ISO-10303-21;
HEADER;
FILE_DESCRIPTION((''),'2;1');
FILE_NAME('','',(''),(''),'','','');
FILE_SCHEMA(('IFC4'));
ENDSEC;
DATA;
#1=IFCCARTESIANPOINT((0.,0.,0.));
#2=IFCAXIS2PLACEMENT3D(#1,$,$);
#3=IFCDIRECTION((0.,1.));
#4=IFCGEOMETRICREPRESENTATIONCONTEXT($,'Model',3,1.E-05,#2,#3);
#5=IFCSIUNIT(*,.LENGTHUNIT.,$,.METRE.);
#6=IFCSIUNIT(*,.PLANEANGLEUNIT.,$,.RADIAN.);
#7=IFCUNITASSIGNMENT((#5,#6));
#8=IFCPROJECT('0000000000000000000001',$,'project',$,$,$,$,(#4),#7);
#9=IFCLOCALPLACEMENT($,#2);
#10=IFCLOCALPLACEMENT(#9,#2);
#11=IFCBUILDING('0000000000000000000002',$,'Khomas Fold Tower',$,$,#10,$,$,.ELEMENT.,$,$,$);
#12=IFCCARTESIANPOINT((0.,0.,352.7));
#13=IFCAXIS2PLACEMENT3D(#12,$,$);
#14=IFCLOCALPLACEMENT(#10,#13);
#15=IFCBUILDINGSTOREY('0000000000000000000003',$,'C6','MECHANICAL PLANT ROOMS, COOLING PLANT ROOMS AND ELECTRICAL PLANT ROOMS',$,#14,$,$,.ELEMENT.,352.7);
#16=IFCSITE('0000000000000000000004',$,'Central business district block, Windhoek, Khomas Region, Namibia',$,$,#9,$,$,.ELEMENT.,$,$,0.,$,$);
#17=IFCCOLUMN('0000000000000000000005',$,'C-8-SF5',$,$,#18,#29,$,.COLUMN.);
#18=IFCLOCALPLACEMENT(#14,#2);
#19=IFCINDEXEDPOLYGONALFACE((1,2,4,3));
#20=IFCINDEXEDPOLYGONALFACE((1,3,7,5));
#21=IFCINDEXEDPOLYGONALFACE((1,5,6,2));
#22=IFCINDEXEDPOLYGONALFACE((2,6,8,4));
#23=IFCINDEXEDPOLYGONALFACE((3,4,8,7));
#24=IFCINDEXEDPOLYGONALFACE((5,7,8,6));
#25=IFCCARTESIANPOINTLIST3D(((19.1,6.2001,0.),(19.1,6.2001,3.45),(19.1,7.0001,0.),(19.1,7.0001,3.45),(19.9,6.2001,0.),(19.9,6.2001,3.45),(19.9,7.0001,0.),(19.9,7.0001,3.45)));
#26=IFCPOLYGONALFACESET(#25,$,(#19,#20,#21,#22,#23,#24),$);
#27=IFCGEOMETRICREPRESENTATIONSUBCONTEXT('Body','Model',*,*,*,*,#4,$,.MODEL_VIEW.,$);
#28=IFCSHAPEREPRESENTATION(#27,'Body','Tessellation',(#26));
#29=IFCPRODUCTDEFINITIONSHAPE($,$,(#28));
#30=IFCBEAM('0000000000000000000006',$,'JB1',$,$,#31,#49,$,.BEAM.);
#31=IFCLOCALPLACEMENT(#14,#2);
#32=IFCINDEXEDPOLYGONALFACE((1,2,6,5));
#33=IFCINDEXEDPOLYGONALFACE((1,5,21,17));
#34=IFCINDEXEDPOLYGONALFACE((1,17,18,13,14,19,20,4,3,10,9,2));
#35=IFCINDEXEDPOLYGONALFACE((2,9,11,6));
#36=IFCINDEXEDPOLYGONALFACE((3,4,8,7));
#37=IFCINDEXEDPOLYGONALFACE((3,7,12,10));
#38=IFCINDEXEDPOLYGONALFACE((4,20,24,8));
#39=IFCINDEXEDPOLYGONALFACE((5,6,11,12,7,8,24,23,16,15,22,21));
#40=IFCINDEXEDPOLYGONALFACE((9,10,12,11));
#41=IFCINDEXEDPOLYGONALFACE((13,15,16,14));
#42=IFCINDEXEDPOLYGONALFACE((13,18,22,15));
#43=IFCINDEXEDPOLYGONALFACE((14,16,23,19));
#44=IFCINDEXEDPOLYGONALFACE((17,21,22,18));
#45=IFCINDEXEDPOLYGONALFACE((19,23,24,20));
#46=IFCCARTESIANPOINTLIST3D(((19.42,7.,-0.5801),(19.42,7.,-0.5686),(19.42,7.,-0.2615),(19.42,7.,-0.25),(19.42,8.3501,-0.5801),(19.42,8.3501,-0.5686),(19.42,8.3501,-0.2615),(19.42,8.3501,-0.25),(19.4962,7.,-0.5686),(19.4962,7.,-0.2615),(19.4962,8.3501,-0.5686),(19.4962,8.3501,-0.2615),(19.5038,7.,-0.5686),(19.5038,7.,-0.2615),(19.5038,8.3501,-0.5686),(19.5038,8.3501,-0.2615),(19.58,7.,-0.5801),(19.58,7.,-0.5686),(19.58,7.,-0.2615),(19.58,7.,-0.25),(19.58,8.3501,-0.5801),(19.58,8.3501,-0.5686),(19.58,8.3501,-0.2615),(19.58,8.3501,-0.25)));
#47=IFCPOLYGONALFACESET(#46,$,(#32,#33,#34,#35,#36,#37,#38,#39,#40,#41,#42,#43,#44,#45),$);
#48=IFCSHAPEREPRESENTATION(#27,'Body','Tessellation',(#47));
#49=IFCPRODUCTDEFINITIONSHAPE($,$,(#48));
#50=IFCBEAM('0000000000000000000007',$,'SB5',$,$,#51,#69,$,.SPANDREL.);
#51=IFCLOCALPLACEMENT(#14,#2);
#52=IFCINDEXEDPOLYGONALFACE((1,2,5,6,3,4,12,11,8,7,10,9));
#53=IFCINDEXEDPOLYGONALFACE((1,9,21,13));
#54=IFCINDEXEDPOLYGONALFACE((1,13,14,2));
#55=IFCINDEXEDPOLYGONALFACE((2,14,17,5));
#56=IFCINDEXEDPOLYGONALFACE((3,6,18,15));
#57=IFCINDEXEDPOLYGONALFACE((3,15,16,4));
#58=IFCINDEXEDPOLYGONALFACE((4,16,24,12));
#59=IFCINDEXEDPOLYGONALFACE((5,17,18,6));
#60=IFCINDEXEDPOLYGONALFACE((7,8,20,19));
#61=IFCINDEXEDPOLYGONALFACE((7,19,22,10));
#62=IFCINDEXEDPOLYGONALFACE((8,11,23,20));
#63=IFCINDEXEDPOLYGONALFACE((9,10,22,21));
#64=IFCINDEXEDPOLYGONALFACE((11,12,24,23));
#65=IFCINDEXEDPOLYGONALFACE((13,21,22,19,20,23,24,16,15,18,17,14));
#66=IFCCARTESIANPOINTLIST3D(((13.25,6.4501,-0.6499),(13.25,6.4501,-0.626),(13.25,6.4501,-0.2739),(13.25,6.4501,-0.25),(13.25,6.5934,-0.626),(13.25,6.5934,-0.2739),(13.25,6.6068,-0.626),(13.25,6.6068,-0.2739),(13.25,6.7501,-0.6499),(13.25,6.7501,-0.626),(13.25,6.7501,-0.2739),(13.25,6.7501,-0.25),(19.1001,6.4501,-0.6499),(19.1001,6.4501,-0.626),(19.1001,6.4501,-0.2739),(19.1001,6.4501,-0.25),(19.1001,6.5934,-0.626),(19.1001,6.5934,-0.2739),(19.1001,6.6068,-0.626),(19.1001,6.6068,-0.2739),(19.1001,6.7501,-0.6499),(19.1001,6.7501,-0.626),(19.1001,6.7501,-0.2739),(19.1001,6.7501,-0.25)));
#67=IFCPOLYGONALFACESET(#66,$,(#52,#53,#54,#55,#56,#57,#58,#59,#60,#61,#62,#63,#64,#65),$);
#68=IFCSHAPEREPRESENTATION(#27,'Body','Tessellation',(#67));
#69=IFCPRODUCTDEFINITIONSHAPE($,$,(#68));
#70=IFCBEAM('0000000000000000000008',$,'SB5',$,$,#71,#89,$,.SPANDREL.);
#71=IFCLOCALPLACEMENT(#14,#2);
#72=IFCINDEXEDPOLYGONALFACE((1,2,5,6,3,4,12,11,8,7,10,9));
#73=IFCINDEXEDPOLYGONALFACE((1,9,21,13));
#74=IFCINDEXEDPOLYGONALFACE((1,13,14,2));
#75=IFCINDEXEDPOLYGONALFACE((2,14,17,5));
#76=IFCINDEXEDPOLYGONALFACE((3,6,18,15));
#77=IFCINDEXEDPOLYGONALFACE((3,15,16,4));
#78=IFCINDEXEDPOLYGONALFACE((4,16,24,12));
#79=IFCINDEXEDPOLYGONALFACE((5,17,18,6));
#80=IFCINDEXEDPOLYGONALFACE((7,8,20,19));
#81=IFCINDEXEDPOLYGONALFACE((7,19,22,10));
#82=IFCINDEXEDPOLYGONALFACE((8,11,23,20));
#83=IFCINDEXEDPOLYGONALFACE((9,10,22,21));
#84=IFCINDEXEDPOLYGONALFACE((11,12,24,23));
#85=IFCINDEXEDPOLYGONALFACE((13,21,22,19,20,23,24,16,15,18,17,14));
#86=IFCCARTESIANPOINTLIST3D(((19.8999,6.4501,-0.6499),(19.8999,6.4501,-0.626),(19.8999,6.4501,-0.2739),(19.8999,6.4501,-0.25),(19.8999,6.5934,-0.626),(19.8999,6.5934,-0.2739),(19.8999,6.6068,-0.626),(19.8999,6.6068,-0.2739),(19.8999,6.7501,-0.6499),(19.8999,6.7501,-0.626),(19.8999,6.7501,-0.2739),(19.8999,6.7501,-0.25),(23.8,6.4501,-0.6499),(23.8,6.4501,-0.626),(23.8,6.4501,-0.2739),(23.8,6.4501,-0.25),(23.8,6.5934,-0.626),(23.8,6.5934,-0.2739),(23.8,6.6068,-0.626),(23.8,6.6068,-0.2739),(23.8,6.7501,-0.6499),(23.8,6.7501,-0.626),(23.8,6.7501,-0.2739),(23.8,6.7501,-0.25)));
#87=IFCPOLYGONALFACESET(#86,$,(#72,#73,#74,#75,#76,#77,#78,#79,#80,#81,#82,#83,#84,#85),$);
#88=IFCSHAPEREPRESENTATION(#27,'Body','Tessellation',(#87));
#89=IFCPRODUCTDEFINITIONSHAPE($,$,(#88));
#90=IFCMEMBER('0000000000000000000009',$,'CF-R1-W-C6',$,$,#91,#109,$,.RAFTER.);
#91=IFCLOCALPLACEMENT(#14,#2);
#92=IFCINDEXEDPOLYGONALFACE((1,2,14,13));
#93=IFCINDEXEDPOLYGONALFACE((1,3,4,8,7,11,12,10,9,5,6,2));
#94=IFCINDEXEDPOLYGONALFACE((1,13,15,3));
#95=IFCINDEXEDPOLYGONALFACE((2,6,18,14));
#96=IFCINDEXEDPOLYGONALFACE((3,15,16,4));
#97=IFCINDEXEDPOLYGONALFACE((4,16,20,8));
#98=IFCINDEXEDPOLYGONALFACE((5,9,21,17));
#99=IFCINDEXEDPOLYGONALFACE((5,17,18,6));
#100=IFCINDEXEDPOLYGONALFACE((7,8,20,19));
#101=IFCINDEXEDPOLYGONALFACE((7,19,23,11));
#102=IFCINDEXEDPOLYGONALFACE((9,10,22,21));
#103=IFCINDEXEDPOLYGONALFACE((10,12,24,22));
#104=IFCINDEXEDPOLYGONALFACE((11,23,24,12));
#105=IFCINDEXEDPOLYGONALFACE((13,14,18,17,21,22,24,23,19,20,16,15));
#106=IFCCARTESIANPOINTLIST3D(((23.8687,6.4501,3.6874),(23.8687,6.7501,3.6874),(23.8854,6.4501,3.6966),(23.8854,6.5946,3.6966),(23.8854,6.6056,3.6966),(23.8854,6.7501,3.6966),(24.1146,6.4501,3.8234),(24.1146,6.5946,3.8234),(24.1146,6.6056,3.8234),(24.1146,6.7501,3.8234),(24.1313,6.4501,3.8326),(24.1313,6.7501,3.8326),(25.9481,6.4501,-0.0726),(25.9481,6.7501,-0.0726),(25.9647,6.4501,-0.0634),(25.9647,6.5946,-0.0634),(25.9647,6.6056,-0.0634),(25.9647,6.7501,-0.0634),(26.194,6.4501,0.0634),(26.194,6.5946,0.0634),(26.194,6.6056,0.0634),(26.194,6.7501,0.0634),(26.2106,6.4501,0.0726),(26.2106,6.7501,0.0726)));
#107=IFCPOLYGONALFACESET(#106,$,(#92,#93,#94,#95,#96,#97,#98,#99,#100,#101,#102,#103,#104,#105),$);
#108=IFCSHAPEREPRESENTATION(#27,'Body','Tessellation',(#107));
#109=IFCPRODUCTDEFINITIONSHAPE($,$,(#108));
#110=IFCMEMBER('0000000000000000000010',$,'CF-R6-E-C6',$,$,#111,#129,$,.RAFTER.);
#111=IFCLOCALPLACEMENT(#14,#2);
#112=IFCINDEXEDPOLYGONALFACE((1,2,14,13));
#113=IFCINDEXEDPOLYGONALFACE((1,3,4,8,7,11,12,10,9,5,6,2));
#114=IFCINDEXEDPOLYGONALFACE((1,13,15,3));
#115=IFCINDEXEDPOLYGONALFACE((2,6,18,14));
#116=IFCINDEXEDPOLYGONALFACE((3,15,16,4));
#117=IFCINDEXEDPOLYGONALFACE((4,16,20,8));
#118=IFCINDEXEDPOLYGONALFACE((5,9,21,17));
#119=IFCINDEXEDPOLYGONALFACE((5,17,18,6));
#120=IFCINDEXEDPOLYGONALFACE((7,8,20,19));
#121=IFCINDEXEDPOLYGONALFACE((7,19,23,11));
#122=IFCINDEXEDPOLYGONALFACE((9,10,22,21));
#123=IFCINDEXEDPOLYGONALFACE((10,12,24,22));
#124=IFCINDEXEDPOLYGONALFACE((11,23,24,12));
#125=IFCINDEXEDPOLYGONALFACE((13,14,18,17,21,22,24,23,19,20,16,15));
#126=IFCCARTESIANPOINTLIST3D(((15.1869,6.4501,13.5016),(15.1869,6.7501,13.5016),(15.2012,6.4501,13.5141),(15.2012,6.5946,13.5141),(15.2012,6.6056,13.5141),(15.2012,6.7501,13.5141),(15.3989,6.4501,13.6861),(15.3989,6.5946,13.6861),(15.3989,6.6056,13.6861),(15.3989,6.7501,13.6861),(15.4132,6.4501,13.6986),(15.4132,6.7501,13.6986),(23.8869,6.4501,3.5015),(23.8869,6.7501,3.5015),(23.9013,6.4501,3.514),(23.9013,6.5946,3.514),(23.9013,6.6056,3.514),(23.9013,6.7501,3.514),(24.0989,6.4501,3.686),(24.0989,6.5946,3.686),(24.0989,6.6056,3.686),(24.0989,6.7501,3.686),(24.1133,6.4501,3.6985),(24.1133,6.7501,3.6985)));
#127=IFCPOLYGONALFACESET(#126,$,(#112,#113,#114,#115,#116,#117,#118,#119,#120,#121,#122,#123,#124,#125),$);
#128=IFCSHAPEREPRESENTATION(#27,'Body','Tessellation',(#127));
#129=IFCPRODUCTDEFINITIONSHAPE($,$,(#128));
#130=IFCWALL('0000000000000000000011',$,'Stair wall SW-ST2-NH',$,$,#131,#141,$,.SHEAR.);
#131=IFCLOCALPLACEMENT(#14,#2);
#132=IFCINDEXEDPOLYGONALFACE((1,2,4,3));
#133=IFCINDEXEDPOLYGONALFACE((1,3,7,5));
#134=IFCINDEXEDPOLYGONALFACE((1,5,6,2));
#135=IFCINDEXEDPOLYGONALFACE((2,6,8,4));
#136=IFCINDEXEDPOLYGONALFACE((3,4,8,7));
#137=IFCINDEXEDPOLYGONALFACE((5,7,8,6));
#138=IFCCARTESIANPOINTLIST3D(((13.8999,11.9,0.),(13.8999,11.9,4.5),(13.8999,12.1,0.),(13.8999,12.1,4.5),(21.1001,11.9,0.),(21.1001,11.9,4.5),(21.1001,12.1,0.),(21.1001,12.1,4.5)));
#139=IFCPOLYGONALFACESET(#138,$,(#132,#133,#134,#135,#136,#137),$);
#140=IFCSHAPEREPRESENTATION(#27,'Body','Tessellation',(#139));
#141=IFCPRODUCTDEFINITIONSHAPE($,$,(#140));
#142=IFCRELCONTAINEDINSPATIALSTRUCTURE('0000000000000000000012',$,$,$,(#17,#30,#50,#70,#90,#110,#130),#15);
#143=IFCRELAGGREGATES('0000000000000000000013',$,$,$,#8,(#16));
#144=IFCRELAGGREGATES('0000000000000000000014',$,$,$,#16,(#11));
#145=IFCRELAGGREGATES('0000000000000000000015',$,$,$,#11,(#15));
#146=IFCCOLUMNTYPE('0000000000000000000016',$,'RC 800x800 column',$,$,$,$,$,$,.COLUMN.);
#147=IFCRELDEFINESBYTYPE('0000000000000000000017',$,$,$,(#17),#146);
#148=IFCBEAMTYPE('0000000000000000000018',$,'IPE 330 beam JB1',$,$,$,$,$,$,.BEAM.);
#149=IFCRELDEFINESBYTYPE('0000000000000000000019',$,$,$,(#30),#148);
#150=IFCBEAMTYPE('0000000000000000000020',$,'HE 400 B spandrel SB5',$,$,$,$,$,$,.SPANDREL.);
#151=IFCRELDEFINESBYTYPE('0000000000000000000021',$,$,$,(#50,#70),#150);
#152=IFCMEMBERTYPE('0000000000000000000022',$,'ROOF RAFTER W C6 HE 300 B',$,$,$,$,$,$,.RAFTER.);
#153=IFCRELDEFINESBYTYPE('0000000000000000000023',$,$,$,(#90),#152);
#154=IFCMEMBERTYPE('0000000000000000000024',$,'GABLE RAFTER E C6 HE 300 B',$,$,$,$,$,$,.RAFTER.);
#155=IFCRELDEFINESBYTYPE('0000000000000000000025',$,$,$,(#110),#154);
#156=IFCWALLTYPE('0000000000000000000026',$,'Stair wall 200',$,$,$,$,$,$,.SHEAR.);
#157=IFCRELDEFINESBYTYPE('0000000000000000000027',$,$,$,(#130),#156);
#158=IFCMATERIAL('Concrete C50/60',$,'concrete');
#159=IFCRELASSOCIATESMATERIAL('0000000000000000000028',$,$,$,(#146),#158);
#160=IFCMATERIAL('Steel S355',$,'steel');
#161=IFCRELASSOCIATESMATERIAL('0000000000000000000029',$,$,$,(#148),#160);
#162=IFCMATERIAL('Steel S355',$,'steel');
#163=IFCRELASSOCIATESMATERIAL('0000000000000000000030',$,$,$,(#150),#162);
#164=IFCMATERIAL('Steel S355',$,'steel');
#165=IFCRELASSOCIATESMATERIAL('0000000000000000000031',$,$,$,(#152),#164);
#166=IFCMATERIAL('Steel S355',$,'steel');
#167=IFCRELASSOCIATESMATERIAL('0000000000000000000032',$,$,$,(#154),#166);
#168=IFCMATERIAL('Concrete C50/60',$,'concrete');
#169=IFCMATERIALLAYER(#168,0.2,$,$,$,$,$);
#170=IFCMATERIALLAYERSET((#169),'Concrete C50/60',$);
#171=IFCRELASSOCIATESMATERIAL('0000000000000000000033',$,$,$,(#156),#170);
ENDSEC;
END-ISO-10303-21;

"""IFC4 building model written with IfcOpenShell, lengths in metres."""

from ifc_helpers import new_model, si_unit, direction, frame, frame_2d, origin, origin_2d, place, context, subcontext, project, spatial, rectangle, i_section, extrude, source, transform, mapped, material, layer, layer_set, material_profile, profile_set, type_object, element, save


model = new_model("IFC4")

# Units and contexts
model_context = context("Model", 3, precision=1e-05, world=origin(), true_north=direction((0.0, 1.0)))
body_context = subcontext(model_context, "Body", "Model", "MODEL_VIEW")
ifc_project = project(units=[si_unit("LENGTHUNIT", "METRE"), si_unit("PLANEANGLEUNIT", "RADIAN")], contexts=[model_context])

# Site, building, storey
site_placement = place(None, origin())
site = spatial("IfcSite", under=ifc_project, at=site_placement, Name="Central business district block, Windhoek, Khomas Region, Namibia", CompositionType="ELEMENT", RefElevation=0.0)
building_placement = place(site_placement, origin())
building = spatial("IfcBuilding", under=site, at=building_placement, Name="Khomas Fold Tower", CompositionType="ELEMENT")
storey_placement = place(building_placement, frame((0.0, 0.0, 352.7)))
storey = spatial("IfcBuildingStorey", under=building, at=storey_placement, Name="C6", Description="MECHANICAL PLANT ROOMS, COOLING PLANT ROOMS AND ELECTRICAL PLANT ROOMS", CompositionType="ELEMENT", Elevation=352.7)

# Column
ifc_material_1 = material(Name="Concrete C50/60", Category="concrete")
ifc_material_profile_1 = material_profile(ifc_material_1, rectangle(XDim=0.8, YDim=0.8, at=origin_2d()), Name="RC 800x800")
ifc_profile_set_1 = profile_set([ifc_material_profile_1], Name="Concrete C50/60")
column_type = type_object("IfcColumnType", Name="RC 800x800 column", PredefinedType="COLUMN", material=ifc_profile_set_1)
shared_shape_1 = source(origin(), body_context, "Body", "SweptSolid", [
    extrude(rectangle(XDim=0.8, YDim=0.8, at=origin_2d()), origin(), (0.0, 0.0, 1.0), 3.45),
])
column_placement = place(storey_placement, frame((19.5, 6.6001, 0.0), z_axis=(0.0, 0.0, 1.0), x_axis=(1.0, 0.0, 0.0)))
element("IfcColumn", 1, at=column_placement, inside=storey, type_object=column_type, Name="C-8-SF5", PredefinedType="COLUMN", context=body_context, shape_type="MappedRepresentation", body=[
    mapped(shared_shape_1, transform((0.0, 0.0, 0.0))),
])

# Beams
ifc_material_2 = material(Name="Steel S355", Category="steel")
ifc_material_profile_2 = material_profile(ifc_material_2, i_section(OverallWidth=0.1599, OverallDepth=0.3301, WebThickness=0.0076, FlangeThickness=0.0115, at=origin_2d()), Name="IPE 330")
ifc_profile_set_2 = profile_set([ifc_material_profile_2], Name="Steel S355")
beam_type_1 = type_object("IfcBeamType", Name="IPE 330 beam JB1", PredefinedType="BEAM", material=ifc_profile_set_2)
shared_shape_2 = source(origin(), body_context, "Body", "SweptSolid", [
    extrude(i_section(OverallWidth=0.1599, OverallDepth=0.3301, WebThickness=0.0076, FlangeThickness=0.0115, at=origin_2d()), origin(), (0.0, 0.0, 1.0), 1.3501),
])
beam_1_placement = place(storey_placement, frame((19.5, 7.0, -0.415), z_axis=(0.0, 1.0, 0.0), x_axis=(-1.0, 0.0, 0.0)))
element("IfcBeam", 2, at=beam_1_placement, inside=storey, type_object=beam_type_1, Name="JB1", PredefinedType="BEAM", context=body_context, shape_type="MappedRepresentation", body=[
    mapped(shared_shape_2, transform((0.0, 0.0, 0.0))),
])
ifc_material_3 = material(Name="Steel S355", Category="steel")
ifc_material_profile_3 = material_profile(ifc_material_3, i_section(OverallWidth=0.3, OverallDepth=0.3999, WebThickness=0.0134, FlangeThickness=0.0239, at=origin_2d()), Name="HE 400 B")
ifc_profile_set_3 = profile_set([ifc_material_profile_3], Name="Steel S355")
beam_type_2 = type_object("IfcBeamType", Name="HE 400 B spandrel SB5", PredefinedType="SPANDREL", material=ifc_profile_set_3)
shared_shape_3 = source(origin(), body_context, "Body", "SweptSolid", [
    extrude(i_section(OverallWidth=0.3, OverallDepth=0.3999, WebThickness=0.0134, FlangeThickness=0.0239, at=origin_2d()), origin(), (0.0, 0.0, 1.0), 5.8501),
])
beam_2_placement = place(storey_placement, frame((13.25, 6.6001, -0.45), z_axis=(1.0, 0.0, 0.0), x_axis=(0.0, 1.0, 0.0)))
element("IfcBeam", 3, at=beam_2_placement, inside=storey, type_object=beam_type_2, Name="SB5", PredefinedType="SPANDREL", context=body_context, shape_type="MappedRepresentation", body=[
    mapped(shared_shape_3, transform((0.0, 0.0, 0.0))),
])
shared_shape_4 = source(origin(), body_context, "Body", "SweptSolid", [
    extrude(i_section(OverallWidth=0.3, OverallDepth=0.3999, WebThickness=0.0134, FlangeThickness=0.0239, at=origin_2d()), origin(), (0.0, 0.0, 1.0), 3.9001),
])
beam_3_placement = place(storey_placement, frame((19.8999, 6.6001, -0.45), z_axis=(1.0, 0.0, 0.0), x_axis=(0.0, 1.0, 0.0)))
element("IfcBeam", 4, at=beam_3_placement, inside=storey, type_object=beam_type_2, Name="SB5", PredefinedType="SPANDREL", context=body_context, shape_type="MappedRepresentation", body=[
    mapped(shared_shape_4, transform((0.0, 0.0, 0.0))),
])

# Members
ifc_material_4 = material(Name="Steel S355", Category="steel")
ifc_material_profile_4 = material_profile(ifc_material_4, i_section(OverallWidth=0.3, OverallDepth=0.3, WebThickness=0.011, FlangeThickness=0.019, at=origin_2d()), Name="HE 300 B")
ifc_profile_set_4 = profile_set([ifc_material_profile_4], Name="Steel S355")
member_type_1 = type_object("IfcMemberType", Name="ROOF RAFTER W C6 HE 300 B", PredefinedType="RAFTER", material=ifc_profile_set_4)
shared_shape_5 = source(origin(), body_context, "Body", "SweptSolid", [
    extrude(i_section(OverallWidth=0.3, OverallDepth=0.3, WebThickness=0.011, FlangeThickness=0.019, at=origin_2d()), origin(), (0.0, 0.0, 1.0), 4.2966),
])
member_1_placement = place(storey_placement, frame((26.0793, 6.6001, 0.0), z_axis=(-0.483944, 0.0, 0.875099), x_axis=(0.0, -1.0, 0.0)))
element("IfcMember", 5, at=member_1_placement, inside=storey, type_object=member_type_1, Name="CF-R1-W-C6", PredefinedType="RAFTER", context=body_context, shape_type="MappedRepresentation", body=[
    mapped(shared_shape_5, transform((0.0, 0.0, 0.0))),
])
ifc_material_5 = material(Name="Steel S355", Category="steel")
ifc_material_profile_5 = material_profile(ifc_material_5, i_section(OverallWidth=0.3, OverallDepth=0.3, WebThickness=0.011, FlangeThickness=0.019, at=origin_2d()), Name="HE 300 B")
ifc_profile_set_5 = profile_set([ifc_material_profile_5], Name="Steel S355")
member_type_2 = type_object("IfcMemberType", Name="GABLE RAFTER E C6 HE 300 B", PredefinedType="RAFTER", material=ifc_profile_set_5)
shared_shape_6 = source(origin(), body_context, "Body", "SweptSolid", [
    extrude(i_section(OverallWidth=0.3, OverallDepth=0.3, WebThickness=0.011, FlangeThickness=0.019, at=origin_2d()), origin(), (0.0, 0.0, 1.0), 13.2549),
])
member_2_placement = place(storey_placement, frame((15.3, 6.6001, 13.6001), z_axis=(0.656363, 0.0, -0.754445), x_axis=(0.0, 1.0, 0.0)))
element("IfcMember", 6, at=member_2_placement, inside=storey, type_object=member_type_2, Name="CF-R6-E-C6", PredefinedType="RAFTER", context=body_context, shape_type="MappedRepresentation", body=[
    mapped(shared_shape_6, transform((0.0, 0.0, 0.0))),
])

# Wall
ifc_material_6 = material(Name="Concrete C50/60", Category="concrete")
ifc_layer_1 = layer(ifc_material_6, 0.2)
ifc_layer_set_1 = layer_set([ifc_layer_1], Name="Concrete C50/60")
wall_type_1 = type_object("IfcWallType", Name="Stair wall 200", PredefinedType="SHEAR", material=ifc_layer_set_1)
shared_shape_7 = source(origin(), body_context, "Body", "SweptSolid", [
    extrude(rectangle(XDim=7.2002, YDim=0.2, at=frame_2d((3.6001, 0.0))), origin(), (0.0, 0.0, 1.0), 4.5),
])
wall_1_placement = place(storey_placement, frame((13.8999, 12.0, 0.0), z_axis=(0.0, 0.0, 1.0), x_axis=(1.0, 0.0, 0.0)))
element("IfcWall", 7, at=wall_1_placement, inside=storey, type_object=wall_type_1, Name="Stair wall SW-ST2-NH", PredefinedType="SHEAR", context=body_context, shape_type="MappedRepresentation", body=[
    mapped(shared_shape_7, transform((0.0, 0.0, 0.0))),
])

save(model, "model.ifc")
